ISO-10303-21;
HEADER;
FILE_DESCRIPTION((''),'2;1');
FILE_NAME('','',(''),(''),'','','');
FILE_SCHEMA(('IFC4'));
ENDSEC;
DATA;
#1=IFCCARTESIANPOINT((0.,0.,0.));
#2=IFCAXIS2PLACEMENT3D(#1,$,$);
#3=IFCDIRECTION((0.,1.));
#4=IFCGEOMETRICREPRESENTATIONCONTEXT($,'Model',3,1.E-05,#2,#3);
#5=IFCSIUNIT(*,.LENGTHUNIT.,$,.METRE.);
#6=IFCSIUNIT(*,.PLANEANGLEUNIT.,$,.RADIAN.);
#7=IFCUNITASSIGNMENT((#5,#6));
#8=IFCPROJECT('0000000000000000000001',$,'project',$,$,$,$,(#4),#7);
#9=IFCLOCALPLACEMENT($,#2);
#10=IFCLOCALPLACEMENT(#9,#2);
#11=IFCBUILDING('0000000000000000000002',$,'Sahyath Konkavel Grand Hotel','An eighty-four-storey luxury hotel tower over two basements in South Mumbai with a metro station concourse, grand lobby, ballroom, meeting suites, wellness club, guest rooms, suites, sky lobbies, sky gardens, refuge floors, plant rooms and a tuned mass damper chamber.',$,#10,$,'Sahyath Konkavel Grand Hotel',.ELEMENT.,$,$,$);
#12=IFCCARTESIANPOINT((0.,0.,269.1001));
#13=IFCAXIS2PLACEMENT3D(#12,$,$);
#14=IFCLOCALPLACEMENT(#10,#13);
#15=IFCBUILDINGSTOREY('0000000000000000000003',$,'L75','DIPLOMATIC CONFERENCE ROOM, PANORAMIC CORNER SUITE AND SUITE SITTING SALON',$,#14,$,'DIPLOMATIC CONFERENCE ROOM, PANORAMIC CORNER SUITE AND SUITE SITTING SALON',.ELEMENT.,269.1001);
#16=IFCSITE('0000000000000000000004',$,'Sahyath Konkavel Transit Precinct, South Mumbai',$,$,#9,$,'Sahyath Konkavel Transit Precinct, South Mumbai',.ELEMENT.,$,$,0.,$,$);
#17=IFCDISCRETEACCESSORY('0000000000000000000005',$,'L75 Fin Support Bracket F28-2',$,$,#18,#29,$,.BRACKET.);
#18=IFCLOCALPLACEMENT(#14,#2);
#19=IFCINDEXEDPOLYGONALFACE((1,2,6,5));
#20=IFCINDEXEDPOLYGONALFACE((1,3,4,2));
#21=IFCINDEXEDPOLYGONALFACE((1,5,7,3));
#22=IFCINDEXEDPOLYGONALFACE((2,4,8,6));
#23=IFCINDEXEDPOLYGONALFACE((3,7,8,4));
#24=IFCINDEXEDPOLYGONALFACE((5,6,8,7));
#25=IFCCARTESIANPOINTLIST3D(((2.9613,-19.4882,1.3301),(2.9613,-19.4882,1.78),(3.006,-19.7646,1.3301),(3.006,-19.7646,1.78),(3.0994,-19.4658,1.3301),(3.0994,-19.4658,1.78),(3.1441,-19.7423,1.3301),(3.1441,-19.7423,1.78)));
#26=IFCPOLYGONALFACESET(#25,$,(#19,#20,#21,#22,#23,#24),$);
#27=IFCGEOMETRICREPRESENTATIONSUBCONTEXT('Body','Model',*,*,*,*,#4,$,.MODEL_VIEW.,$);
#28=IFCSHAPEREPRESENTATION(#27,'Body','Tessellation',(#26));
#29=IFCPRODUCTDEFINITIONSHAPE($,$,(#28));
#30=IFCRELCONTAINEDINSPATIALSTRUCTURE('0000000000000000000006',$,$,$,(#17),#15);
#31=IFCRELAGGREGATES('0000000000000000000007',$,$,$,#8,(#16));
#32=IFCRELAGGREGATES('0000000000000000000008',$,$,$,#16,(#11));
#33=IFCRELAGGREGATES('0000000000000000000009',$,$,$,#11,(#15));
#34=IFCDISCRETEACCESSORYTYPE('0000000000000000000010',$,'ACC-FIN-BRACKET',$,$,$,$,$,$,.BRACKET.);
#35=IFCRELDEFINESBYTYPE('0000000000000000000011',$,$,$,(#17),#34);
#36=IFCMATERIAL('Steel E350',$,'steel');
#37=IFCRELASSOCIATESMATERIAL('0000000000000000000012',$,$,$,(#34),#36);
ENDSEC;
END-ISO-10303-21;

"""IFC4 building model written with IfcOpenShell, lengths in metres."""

from ifc_helpers import new_model, si_unit, direction, frame, origin, origin_2d, place, context, subcontext, project, spatial, rectangle, extrude, source, transform, mapped, material, type_object, element, save


model = new_model("IFC4")

# Units and contexts
model_context = context("Model", 3, precision=1e-05, world=origin(), true_north=direction((0.0, 1.0)))
body_context = subcontext(model_context, "Body", "Model", "MODEL_VIEW")
ifc_project = project(units=[si_unit("LENGTHUNIT", "METRE"), si_unit("PLANEANGLEUNIT", "RADIAN")], contexts=[model_context])

# Site, building, storey
site_placement = place(None, origin())
site = spatial("IfcSite", under=ifc_project, at=site_placement, Name="Sahyath Konkavel Transit Precinct, South Mumbai", LongName="Sahyath Konkavel Transit Precinct, South Mumbai", CompositionType="ELEMENT", RefElevation=0.0)
building_placement = place(site_placement, origin())
building = spatial("IfcBuilding", under=site, at=building_placement, Name="Sahyath Konkavel Grand Hotel", Description="An eighty-four-storey luxury hotel tower over two basements in South Mumbai with a metro station concourse, grand lobby, ballroom, meeting suites, wellness club, guest rooms, suites, sky lobbies, sky gardens, refuge floors, plant rooms and a tuned mass damper chamber.", LongName="Sahyath Konkavel Grand Hotel", CompositionType="ELEMENT")
storey_placement = place(building_placement, frame((0.0, 0.0, 269.1001)))
storey = spatial("IfcBuildingStorey", under=building, at=storey_placement, Name="L75", Description="DIPLOMATIC CONFERENCE ROOM, PANORAMIC CORNER SUITE AND SUITE SITTING SALON", LongName="DIPLOMATIC CONFERENCE ROOM, PANORAMIC CORNER SUITE AND SUITE SITTING SALON", CompositionType="ELEMENT", Elevation=269.1001)

# Shared definitions
ifc_material_1 = material(Name="Steel E350", Category="steel")

# Discrete accessory
discrete_accessory_type = type_object("IfcDiscreteAccessoryType", Name="ACC-FIN-BRACKET", PredefinedType="BRACKET", material=ifc_material_1)
shared_shape_1 = source(origin(), body_context, "Body", "SweptSolid", [
    extrude(rectangle(XDim=0.28, YDim=0.1399, at=origin_2d()), origin(), (0.0, 0.0, 1.0), 0.45),
])
discrete_accessory_placement = place(storey_placement, frame((3.0527, -19.6152, 1.3301), z_axis=(0.0, 0.0, 1.0), x_axis=(0.159623, -0.987178, 0.0)))
element("IfcDiscreteAccessory", 1, at=discrete_accessory_placement, inside=storey, type_object=discrete_accessory_type, Name="L75 Fin Support Bracket F28-2", PredefinedType="BRACKET", context=body_context, shape_type="MappedRepresentation", body=[
    mapped(shared_shape_1, transform((0.0, 0.0, 0.0), scale=1.0)),
])

save(model, "model.ifc")
